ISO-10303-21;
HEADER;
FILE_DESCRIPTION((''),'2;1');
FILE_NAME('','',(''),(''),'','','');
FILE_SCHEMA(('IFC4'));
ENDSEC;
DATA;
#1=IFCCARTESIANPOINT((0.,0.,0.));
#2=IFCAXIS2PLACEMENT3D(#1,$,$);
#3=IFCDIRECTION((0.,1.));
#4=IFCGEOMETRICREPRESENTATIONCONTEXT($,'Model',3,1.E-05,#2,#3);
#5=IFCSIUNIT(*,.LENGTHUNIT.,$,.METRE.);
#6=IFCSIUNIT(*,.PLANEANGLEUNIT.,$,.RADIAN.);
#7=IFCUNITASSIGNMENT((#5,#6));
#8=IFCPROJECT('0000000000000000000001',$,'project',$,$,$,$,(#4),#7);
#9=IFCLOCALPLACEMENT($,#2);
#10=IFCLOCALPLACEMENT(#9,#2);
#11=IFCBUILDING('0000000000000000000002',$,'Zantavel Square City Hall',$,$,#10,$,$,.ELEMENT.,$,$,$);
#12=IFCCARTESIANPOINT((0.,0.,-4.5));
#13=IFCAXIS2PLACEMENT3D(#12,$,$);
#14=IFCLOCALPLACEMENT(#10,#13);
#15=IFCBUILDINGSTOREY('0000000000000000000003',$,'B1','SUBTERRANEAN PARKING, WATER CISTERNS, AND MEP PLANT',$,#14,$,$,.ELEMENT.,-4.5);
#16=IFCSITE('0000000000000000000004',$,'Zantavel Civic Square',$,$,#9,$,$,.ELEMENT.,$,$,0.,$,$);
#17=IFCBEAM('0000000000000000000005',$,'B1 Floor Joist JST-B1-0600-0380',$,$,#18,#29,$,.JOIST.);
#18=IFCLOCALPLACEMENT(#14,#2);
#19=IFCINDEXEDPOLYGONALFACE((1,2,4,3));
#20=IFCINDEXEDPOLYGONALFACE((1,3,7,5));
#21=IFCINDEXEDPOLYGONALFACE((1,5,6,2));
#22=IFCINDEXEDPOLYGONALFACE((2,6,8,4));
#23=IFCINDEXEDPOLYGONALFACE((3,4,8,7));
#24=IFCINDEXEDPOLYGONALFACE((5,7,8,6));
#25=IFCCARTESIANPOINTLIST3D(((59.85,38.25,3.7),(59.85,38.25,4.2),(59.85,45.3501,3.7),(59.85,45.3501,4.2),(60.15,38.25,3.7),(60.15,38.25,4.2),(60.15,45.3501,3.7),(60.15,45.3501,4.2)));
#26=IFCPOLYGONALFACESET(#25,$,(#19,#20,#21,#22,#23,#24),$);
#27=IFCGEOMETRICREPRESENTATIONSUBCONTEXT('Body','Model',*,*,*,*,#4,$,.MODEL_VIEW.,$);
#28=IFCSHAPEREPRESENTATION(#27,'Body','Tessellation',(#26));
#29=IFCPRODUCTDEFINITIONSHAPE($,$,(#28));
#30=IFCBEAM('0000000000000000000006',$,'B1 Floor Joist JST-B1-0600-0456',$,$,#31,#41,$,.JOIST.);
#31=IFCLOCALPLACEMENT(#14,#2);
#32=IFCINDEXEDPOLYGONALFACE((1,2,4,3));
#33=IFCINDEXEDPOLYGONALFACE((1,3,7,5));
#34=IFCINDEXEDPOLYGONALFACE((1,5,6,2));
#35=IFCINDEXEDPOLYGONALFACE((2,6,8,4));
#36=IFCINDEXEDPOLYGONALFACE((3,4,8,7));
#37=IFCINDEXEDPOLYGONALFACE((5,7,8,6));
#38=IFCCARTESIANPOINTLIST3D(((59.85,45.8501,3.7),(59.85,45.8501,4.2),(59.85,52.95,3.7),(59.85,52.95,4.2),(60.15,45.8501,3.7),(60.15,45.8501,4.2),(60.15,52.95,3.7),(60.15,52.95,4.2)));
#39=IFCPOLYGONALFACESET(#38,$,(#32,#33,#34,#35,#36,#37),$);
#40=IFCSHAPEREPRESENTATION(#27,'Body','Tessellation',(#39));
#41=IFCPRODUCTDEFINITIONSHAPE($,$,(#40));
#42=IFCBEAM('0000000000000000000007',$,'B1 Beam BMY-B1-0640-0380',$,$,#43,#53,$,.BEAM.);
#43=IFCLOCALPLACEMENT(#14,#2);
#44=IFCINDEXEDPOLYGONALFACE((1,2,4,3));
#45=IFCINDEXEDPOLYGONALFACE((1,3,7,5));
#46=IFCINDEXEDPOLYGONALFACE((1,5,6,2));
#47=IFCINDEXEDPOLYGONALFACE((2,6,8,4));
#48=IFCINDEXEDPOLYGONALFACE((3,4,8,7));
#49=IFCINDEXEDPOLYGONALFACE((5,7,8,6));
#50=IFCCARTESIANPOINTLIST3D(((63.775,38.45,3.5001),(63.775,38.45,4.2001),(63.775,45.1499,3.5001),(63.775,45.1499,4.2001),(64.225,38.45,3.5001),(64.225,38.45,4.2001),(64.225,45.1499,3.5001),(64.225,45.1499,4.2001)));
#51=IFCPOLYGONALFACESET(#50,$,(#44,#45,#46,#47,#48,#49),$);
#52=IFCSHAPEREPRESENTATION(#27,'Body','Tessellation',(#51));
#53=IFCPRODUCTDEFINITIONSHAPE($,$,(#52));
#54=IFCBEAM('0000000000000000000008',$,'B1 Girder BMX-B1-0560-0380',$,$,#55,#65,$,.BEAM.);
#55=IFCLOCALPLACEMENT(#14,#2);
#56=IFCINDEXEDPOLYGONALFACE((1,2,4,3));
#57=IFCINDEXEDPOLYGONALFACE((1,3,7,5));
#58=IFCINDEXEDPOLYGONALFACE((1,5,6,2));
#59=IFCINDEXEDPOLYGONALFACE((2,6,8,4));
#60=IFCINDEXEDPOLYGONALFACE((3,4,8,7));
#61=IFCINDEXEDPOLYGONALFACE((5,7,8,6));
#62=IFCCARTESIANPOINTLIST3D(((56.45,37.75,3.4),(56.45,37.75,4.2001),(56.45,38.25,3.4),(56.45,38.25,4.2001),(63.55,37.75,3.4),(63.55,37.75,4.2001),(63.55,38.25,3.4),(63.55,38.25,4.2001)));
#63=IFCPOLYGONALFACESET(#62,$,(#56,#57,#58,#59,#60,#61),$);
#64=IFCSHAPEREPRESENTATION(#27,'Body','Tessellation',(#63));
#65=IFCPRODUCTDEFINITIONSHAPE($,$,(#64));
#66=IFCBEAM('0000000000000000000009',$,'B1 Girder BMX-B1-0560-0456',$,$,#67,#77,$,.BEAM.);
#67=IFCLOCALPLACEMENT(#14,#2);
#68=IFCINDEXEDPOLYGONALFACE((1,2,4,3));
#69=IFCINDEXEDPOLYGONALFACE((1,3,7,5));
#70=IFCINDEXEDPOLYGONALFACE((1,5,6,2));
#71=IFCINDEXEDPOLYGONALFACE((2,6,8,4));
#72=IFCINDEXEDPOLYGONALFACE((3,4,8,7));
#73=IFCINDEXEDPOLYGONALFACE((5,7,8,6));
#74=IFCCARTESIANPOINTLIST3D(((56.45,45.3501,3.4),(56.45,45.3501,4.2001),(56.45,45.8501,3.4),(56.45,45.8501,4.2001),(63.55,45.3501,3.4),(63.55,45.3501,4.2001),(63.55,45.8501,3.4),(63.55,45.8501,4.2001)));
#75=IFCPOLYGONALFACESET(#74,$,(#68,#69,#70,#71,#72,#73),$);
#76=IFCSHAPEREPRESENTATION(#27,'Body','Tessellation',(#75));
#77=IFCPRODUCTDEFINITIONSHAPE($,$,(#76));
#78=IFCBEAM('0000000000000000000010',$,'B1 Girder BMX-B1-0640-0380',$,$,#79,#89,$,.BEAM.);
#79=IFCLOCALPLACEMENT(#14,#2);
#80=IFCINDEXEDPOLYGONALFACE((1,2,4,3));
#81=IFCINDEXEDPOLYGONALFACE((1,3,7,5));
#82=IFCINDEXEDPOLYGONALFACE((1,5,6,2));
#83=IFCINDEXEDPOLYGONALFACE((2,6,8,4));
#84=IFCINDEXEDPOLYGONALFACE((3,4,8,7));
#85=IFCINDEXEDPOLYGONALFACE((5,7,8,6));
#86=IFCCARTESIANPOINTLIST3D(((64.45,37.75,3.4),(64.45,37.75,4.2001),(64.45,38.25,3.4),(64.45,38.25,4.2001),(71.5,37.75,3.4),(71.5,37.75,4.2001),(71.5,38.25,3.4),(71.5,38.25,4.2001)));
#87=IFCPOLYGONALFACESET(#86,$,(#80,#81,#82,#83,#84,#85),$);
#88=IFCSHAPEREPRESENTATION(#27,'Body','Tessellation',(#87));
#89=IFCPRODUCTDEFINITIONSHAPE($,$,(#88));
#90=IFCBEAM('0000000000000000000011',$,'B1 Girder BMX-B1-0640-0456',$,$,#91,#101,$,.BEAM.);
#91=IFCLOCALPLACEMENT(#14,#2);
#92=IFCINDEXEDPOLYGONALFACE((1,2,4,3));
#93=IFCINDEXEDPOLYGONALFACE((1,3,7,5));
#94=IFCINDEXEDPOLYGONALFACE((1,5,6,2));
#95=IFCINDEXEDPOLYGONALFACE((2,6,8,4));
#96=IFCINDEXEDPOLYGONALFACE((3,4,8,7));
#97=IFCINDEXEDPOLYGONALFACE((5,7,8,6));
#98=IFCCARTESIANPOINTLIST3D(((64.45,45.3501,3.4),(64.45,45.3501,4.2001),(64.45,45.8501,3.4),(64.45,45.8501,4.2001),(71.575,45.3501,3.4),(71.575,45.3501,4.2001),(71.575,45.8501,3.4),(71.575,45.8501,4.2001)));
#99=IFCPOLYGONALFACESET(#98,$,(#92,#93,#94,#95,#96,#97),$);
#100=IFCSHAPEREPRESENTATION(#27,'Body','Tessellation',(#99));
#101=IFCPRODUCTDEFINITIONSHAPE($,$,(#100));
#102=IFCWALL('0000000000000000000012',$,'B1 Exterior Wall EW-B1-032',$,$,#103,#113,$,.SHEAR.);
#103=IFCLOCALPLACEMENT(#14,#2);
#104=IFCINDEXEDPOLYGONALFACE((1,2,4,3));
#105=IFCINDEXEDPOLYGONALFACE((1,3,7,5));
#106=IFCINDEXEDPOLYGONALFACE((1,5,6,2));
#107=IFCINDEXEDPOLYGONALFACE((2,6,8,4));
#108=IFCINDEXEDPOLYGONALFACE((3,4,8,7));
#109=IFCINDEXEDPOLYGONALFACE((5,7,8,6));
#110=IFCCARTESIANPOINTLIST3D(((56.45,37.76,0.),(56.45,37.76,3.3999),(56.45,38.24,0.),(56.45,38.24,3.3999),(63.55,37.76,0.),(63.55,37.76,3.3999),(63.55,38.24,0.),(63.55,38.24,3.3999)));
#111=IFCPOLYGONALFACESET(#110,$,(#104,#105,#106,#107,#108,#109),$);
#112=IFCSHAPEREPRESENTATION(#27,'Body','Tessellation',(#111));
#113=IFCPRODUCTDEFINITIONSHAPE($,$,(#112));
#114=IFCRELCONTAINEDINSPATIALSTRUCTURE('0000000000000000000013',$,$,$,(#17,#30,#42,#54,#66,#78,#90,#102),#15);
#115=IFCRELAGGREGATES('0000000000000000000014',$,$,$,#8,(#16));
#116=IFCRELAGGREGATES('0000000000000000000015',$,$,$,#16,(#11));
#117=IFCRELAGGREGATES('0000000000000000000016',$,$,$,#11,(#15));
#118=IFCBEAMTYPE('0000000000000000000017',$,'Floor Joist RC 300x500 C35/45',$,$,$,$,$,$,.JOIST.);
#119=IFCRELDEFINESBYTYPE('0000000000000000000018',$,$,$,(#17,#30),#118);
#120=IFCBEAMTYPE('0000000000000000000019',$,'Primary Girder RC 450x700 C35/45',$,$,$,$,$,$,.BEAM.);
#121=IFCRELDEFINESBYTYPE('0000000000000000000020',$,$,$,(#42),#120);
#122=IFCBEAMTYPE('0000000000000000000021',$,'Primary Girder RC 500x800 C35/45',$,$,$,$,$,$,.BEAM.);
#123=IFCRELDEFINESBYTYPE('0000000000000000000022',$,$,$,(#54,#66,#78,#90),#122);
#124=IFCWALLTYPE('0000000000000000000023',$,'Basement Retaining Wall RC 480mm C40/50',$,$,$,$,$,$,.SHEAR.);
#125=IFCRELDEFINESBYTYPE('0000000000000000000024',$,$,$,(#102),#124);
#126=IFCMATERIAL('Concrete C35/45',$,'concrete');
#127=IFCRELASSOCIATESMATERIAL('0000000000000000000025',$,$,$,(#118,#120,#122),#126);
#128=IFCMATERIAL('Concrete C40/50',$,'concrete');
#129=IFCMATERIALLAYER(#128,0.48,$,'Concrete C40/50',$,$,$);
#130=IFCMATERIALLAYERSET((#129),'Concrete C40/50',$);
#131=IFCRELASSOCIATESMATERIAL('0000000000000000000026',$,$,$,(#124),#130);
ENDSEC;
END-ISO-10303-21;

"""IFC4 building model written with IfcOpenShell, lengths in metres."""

from ifc_helpers import new_model, si_unit, direction, frame, frame_2d, origin, origin_2d, place, context, subcontext, project, spatial, rectangle, extrude, material, layer, layer_set, material_profile, profile_set, type_object, element, save


model = new_model("IFC4")

# Units and contexts
model_context = context("Model", 3, precision=1e-05, world=origin(), true_north=direction((0.0, 1.0)))
body_context = subcontext(model_context, "Body", "Model", "MODEL_VIEW")
ifc_project = project(units=[si_unit("LENGTHUNIT", "METRE"), si_unit("PLANEANGLEUNIT", "RADIAN")], contexts=[model_context])

# Site, building, storey
site_placement = place(None, origin())
site = spatial("IfcSite", under=ifc_project, at=site_placement, Name="Zantavel Civic Square", CompositionType="ELEMENT", RefElevation=0.0)
building_placement = place(site_placement, origin())
building = spatial("IfcBuilding", under=site, at=building_placement, Name="Zantavel Square City Hall", CompositionType="ELEMENT")
storey_placement = place(building_placement, frame((0.0, 0.0, -4.5)))
storey = spatial("IfcBuildingStorey", under=building, at=storey_placement, Name="B1", Description="SUBTERRANEAN PARKING, WATER CISTERNS, AND MEP PLANT", CompositionType="ELEMENT", Elevation=-4.5)

# Shared definitions
ifc_material_1 = material(Name="Concrete C35/45", Category="concrete")

# Shared definitions
ifc_material_2 = material(Name="Concrete C40/50", Category="concrete")

# Beams
ifc_material_profile_1 = material_profile(ifc_material_1, rectangle(XDim=0.3, YDim=0.5, at=origin_2d()), Name="RC 300x500")
ifc_profile_set_1 = profile_set([ifc_material_profile_1], Name="Concrete C35/45")
beam_type_1 = type_object("IfcBeamType", Name="Floor Joist RC 300x500 C35/45", PredefinedType="JOIST", material=ifc_profile_set_1)
beam_1_placement = place(storey_placement, frame((60.0, 38.25, 3.95), z_axis=(0.0, 1.0, 0.0), x_axis=(-1.0, 0.0, 0.0)))
element("IfcBeam", 1, at=beam_1_placement, inside=storey, type_object=beam_type_1, Name="B1 Floor Joist JST-B1-0600-0380", PredefinedType="JOIST", context=body_context, shape_type="SweptSolid", body=[
    extrude(rectangle(XDim=0.3, YDim=0.5, at=origin_2d()), origin(), (0.0, 0.0, 1.0), 7.1001),
])
beam_2_placement = place(storey_placement, frame((60.0, 45.8501, 3.95), z_axis=(0.0, 1.0, 0.0), x_axis=(-1.0, 0.0, 0.0)))
element("IfcBeam", 2, at=beam_2_placement, inside=storey, type_object=beam_type_1, Name="B1 Floor Joist JST-B1-0600-0456", PredefinedType="JOIST", context=body_context, shape_type="SweptSolid", body=[
    extrude(rectangle(XDim=0.3, YDim=0.5, at=origin_2d()), origin(), (0.0, 0.0, 1.0), 7.0999),
])
ifc_material_profile_2 = material_profile(ifc_material_1, rectangle(XDim=0.45, YDim=0.7, at=origin_2d()), Name="RC 450x700")
ifc_profile_set_2 = profile_set([ifc_material_profile_2], Name="Concrete C35/45")
beam_type_2 = type_object("IfcBeamType", Name="Primary Girder RC 450x700 C35/45", PredefinedType="BEAM", material=ifc_profile_set_2)
beam_3_placement = place(storey_placement, frame((64.0, 38.45, 3.8501), z_axis=(0.0, 1.0, 0.0), x_axis=(-1.0, 0.0, 0.0)))
element("IfcBeam", 3, at=beam_3_placement, inside=storey, type_object=beam_type_2, Name="B1 Beam BMY-B1-0640-0380", PredefinedType="BEAM", context=body_context, shape_type="SweptSolid", body=[
    extrude(rectangle(XDim=0.45, YDim=0.7, at=origin_2d()), origin(), (0.0, 0.0, 1.0), 6.7),
])
ifc_material_profile_3 = material_profile(ifc_material_1, rectangle(XDim=0.5, YDim=0.8, at=origin_2d()), Name="RC 500x800")
ifc_profile_set_3 = profile_set([ifc_material_profile_3], Name="Concrete C35/45")
beam_type_3 = type_object("IfcBeamType", Name="Primary Girder RC 500x800 C35/45", PredefinedType="BEAM", material=ifc_profile_set_3)
for number, where, z_axis, x_axis, name in (
    (4, (56.45, 38.0, 3.8), (1.0, 0.0, 0.0), (0.0, 1.0, 0.0), "B1 Girder BMX-B1-0560-0380"),
    (5, (56.45, 45.6001, 3.8), (1.0, 0.0, 0.0), (0.0, 1.0, 0.0), "B1 Girder BMX-B1-0560-0456"),
):
    element("IfcBeam", number, at=place(storey_placement, frame(where, z_axis=z_axis, x_axis=x_axis)), inside=storey, type_object=beam_type_3, Name=name, PredefinedType="BEAM", context=body_context, shape_type="SweptSolid", body=[
        extrude(rectangle(XDim=0.5, YDim=0.8, at=origin_2d()), origin(), (0.0, 0.0, 1.0), 7.1001),
    ])
beam_4_placement = place(storey_placement, frame((64.45, 38.0, 3.8), z_axis=(1.0, 0.0, 0.0), x_axis=(0.0, 1.0, 0.0)))
element("IfcBeam", 6, at=beam_4_placement, inside=storey, type_object=beam_type_3, Name="B1 Girder BMX-B1-0640-0380", PredefinedType="BEAM", context=body_context, shape_type="SweptSolid", body=[
    extrude(rectangle(XDim=0.5, YDim=0.8, at=origin_2d()), origin(), (0.0, 0.0, 1.0), 7.05),
])
beam_5_placement = place(storey_placement, frame((64.45, 45.6001, 3.8), z_axis=(1.0, 0.0, 0.0), x_axis=(0.0, 1.0, 0.0)))
element("IfcBeam", 7, at=beam_5_placement, inside=storey, type_object=beam_type_3, Name="B1 Girder BMX-B1-0640-0456", PredefinedType="BEAM", context=body_context, shape_type="SweptSolid", body=[
    extrude(rectangle(XDim=0.5, YDim=0.8, at=origin_2d()), origin(), (0.0, 0.0, 1.0), 7.125),
])

# Wall
ifc_layer_1 = layer(ifc_material_2, 0.48, Name="Concrete C40/50")
ifc_layer_set_1 = layer_set([ifc_layer_1], Name="Concrete C40/50")
wall_type = type_object("IfcWallType", Name="Basement Retaining Wall RC 480mm C40/50", PredefinedType="SHEAR", material=ifc_layer_set_1)
wall_placement = place(storey_placement, frame((63.55, 38.0, 0.0), z_axis=(0.0, 0.0, 1.0), x_axis=(-1.0, 0.0, 0.0)))
element("IfcWall", 8, at=wall_placement, inside=storey, type_object=wall_type, Name="B1 Exterior Wall EW-B1-032", PredefinedType="SHEAR", context=body_context, shape_type="SweptSolid", body=[
    extrude(rectangle(XDim=7.1001, YDim=0.48, at=frame_2d((3.55, 0.0))), origin(), (0.0, 0.0, 1.0), 3.3999),
])

save(model, "model.ifc")
